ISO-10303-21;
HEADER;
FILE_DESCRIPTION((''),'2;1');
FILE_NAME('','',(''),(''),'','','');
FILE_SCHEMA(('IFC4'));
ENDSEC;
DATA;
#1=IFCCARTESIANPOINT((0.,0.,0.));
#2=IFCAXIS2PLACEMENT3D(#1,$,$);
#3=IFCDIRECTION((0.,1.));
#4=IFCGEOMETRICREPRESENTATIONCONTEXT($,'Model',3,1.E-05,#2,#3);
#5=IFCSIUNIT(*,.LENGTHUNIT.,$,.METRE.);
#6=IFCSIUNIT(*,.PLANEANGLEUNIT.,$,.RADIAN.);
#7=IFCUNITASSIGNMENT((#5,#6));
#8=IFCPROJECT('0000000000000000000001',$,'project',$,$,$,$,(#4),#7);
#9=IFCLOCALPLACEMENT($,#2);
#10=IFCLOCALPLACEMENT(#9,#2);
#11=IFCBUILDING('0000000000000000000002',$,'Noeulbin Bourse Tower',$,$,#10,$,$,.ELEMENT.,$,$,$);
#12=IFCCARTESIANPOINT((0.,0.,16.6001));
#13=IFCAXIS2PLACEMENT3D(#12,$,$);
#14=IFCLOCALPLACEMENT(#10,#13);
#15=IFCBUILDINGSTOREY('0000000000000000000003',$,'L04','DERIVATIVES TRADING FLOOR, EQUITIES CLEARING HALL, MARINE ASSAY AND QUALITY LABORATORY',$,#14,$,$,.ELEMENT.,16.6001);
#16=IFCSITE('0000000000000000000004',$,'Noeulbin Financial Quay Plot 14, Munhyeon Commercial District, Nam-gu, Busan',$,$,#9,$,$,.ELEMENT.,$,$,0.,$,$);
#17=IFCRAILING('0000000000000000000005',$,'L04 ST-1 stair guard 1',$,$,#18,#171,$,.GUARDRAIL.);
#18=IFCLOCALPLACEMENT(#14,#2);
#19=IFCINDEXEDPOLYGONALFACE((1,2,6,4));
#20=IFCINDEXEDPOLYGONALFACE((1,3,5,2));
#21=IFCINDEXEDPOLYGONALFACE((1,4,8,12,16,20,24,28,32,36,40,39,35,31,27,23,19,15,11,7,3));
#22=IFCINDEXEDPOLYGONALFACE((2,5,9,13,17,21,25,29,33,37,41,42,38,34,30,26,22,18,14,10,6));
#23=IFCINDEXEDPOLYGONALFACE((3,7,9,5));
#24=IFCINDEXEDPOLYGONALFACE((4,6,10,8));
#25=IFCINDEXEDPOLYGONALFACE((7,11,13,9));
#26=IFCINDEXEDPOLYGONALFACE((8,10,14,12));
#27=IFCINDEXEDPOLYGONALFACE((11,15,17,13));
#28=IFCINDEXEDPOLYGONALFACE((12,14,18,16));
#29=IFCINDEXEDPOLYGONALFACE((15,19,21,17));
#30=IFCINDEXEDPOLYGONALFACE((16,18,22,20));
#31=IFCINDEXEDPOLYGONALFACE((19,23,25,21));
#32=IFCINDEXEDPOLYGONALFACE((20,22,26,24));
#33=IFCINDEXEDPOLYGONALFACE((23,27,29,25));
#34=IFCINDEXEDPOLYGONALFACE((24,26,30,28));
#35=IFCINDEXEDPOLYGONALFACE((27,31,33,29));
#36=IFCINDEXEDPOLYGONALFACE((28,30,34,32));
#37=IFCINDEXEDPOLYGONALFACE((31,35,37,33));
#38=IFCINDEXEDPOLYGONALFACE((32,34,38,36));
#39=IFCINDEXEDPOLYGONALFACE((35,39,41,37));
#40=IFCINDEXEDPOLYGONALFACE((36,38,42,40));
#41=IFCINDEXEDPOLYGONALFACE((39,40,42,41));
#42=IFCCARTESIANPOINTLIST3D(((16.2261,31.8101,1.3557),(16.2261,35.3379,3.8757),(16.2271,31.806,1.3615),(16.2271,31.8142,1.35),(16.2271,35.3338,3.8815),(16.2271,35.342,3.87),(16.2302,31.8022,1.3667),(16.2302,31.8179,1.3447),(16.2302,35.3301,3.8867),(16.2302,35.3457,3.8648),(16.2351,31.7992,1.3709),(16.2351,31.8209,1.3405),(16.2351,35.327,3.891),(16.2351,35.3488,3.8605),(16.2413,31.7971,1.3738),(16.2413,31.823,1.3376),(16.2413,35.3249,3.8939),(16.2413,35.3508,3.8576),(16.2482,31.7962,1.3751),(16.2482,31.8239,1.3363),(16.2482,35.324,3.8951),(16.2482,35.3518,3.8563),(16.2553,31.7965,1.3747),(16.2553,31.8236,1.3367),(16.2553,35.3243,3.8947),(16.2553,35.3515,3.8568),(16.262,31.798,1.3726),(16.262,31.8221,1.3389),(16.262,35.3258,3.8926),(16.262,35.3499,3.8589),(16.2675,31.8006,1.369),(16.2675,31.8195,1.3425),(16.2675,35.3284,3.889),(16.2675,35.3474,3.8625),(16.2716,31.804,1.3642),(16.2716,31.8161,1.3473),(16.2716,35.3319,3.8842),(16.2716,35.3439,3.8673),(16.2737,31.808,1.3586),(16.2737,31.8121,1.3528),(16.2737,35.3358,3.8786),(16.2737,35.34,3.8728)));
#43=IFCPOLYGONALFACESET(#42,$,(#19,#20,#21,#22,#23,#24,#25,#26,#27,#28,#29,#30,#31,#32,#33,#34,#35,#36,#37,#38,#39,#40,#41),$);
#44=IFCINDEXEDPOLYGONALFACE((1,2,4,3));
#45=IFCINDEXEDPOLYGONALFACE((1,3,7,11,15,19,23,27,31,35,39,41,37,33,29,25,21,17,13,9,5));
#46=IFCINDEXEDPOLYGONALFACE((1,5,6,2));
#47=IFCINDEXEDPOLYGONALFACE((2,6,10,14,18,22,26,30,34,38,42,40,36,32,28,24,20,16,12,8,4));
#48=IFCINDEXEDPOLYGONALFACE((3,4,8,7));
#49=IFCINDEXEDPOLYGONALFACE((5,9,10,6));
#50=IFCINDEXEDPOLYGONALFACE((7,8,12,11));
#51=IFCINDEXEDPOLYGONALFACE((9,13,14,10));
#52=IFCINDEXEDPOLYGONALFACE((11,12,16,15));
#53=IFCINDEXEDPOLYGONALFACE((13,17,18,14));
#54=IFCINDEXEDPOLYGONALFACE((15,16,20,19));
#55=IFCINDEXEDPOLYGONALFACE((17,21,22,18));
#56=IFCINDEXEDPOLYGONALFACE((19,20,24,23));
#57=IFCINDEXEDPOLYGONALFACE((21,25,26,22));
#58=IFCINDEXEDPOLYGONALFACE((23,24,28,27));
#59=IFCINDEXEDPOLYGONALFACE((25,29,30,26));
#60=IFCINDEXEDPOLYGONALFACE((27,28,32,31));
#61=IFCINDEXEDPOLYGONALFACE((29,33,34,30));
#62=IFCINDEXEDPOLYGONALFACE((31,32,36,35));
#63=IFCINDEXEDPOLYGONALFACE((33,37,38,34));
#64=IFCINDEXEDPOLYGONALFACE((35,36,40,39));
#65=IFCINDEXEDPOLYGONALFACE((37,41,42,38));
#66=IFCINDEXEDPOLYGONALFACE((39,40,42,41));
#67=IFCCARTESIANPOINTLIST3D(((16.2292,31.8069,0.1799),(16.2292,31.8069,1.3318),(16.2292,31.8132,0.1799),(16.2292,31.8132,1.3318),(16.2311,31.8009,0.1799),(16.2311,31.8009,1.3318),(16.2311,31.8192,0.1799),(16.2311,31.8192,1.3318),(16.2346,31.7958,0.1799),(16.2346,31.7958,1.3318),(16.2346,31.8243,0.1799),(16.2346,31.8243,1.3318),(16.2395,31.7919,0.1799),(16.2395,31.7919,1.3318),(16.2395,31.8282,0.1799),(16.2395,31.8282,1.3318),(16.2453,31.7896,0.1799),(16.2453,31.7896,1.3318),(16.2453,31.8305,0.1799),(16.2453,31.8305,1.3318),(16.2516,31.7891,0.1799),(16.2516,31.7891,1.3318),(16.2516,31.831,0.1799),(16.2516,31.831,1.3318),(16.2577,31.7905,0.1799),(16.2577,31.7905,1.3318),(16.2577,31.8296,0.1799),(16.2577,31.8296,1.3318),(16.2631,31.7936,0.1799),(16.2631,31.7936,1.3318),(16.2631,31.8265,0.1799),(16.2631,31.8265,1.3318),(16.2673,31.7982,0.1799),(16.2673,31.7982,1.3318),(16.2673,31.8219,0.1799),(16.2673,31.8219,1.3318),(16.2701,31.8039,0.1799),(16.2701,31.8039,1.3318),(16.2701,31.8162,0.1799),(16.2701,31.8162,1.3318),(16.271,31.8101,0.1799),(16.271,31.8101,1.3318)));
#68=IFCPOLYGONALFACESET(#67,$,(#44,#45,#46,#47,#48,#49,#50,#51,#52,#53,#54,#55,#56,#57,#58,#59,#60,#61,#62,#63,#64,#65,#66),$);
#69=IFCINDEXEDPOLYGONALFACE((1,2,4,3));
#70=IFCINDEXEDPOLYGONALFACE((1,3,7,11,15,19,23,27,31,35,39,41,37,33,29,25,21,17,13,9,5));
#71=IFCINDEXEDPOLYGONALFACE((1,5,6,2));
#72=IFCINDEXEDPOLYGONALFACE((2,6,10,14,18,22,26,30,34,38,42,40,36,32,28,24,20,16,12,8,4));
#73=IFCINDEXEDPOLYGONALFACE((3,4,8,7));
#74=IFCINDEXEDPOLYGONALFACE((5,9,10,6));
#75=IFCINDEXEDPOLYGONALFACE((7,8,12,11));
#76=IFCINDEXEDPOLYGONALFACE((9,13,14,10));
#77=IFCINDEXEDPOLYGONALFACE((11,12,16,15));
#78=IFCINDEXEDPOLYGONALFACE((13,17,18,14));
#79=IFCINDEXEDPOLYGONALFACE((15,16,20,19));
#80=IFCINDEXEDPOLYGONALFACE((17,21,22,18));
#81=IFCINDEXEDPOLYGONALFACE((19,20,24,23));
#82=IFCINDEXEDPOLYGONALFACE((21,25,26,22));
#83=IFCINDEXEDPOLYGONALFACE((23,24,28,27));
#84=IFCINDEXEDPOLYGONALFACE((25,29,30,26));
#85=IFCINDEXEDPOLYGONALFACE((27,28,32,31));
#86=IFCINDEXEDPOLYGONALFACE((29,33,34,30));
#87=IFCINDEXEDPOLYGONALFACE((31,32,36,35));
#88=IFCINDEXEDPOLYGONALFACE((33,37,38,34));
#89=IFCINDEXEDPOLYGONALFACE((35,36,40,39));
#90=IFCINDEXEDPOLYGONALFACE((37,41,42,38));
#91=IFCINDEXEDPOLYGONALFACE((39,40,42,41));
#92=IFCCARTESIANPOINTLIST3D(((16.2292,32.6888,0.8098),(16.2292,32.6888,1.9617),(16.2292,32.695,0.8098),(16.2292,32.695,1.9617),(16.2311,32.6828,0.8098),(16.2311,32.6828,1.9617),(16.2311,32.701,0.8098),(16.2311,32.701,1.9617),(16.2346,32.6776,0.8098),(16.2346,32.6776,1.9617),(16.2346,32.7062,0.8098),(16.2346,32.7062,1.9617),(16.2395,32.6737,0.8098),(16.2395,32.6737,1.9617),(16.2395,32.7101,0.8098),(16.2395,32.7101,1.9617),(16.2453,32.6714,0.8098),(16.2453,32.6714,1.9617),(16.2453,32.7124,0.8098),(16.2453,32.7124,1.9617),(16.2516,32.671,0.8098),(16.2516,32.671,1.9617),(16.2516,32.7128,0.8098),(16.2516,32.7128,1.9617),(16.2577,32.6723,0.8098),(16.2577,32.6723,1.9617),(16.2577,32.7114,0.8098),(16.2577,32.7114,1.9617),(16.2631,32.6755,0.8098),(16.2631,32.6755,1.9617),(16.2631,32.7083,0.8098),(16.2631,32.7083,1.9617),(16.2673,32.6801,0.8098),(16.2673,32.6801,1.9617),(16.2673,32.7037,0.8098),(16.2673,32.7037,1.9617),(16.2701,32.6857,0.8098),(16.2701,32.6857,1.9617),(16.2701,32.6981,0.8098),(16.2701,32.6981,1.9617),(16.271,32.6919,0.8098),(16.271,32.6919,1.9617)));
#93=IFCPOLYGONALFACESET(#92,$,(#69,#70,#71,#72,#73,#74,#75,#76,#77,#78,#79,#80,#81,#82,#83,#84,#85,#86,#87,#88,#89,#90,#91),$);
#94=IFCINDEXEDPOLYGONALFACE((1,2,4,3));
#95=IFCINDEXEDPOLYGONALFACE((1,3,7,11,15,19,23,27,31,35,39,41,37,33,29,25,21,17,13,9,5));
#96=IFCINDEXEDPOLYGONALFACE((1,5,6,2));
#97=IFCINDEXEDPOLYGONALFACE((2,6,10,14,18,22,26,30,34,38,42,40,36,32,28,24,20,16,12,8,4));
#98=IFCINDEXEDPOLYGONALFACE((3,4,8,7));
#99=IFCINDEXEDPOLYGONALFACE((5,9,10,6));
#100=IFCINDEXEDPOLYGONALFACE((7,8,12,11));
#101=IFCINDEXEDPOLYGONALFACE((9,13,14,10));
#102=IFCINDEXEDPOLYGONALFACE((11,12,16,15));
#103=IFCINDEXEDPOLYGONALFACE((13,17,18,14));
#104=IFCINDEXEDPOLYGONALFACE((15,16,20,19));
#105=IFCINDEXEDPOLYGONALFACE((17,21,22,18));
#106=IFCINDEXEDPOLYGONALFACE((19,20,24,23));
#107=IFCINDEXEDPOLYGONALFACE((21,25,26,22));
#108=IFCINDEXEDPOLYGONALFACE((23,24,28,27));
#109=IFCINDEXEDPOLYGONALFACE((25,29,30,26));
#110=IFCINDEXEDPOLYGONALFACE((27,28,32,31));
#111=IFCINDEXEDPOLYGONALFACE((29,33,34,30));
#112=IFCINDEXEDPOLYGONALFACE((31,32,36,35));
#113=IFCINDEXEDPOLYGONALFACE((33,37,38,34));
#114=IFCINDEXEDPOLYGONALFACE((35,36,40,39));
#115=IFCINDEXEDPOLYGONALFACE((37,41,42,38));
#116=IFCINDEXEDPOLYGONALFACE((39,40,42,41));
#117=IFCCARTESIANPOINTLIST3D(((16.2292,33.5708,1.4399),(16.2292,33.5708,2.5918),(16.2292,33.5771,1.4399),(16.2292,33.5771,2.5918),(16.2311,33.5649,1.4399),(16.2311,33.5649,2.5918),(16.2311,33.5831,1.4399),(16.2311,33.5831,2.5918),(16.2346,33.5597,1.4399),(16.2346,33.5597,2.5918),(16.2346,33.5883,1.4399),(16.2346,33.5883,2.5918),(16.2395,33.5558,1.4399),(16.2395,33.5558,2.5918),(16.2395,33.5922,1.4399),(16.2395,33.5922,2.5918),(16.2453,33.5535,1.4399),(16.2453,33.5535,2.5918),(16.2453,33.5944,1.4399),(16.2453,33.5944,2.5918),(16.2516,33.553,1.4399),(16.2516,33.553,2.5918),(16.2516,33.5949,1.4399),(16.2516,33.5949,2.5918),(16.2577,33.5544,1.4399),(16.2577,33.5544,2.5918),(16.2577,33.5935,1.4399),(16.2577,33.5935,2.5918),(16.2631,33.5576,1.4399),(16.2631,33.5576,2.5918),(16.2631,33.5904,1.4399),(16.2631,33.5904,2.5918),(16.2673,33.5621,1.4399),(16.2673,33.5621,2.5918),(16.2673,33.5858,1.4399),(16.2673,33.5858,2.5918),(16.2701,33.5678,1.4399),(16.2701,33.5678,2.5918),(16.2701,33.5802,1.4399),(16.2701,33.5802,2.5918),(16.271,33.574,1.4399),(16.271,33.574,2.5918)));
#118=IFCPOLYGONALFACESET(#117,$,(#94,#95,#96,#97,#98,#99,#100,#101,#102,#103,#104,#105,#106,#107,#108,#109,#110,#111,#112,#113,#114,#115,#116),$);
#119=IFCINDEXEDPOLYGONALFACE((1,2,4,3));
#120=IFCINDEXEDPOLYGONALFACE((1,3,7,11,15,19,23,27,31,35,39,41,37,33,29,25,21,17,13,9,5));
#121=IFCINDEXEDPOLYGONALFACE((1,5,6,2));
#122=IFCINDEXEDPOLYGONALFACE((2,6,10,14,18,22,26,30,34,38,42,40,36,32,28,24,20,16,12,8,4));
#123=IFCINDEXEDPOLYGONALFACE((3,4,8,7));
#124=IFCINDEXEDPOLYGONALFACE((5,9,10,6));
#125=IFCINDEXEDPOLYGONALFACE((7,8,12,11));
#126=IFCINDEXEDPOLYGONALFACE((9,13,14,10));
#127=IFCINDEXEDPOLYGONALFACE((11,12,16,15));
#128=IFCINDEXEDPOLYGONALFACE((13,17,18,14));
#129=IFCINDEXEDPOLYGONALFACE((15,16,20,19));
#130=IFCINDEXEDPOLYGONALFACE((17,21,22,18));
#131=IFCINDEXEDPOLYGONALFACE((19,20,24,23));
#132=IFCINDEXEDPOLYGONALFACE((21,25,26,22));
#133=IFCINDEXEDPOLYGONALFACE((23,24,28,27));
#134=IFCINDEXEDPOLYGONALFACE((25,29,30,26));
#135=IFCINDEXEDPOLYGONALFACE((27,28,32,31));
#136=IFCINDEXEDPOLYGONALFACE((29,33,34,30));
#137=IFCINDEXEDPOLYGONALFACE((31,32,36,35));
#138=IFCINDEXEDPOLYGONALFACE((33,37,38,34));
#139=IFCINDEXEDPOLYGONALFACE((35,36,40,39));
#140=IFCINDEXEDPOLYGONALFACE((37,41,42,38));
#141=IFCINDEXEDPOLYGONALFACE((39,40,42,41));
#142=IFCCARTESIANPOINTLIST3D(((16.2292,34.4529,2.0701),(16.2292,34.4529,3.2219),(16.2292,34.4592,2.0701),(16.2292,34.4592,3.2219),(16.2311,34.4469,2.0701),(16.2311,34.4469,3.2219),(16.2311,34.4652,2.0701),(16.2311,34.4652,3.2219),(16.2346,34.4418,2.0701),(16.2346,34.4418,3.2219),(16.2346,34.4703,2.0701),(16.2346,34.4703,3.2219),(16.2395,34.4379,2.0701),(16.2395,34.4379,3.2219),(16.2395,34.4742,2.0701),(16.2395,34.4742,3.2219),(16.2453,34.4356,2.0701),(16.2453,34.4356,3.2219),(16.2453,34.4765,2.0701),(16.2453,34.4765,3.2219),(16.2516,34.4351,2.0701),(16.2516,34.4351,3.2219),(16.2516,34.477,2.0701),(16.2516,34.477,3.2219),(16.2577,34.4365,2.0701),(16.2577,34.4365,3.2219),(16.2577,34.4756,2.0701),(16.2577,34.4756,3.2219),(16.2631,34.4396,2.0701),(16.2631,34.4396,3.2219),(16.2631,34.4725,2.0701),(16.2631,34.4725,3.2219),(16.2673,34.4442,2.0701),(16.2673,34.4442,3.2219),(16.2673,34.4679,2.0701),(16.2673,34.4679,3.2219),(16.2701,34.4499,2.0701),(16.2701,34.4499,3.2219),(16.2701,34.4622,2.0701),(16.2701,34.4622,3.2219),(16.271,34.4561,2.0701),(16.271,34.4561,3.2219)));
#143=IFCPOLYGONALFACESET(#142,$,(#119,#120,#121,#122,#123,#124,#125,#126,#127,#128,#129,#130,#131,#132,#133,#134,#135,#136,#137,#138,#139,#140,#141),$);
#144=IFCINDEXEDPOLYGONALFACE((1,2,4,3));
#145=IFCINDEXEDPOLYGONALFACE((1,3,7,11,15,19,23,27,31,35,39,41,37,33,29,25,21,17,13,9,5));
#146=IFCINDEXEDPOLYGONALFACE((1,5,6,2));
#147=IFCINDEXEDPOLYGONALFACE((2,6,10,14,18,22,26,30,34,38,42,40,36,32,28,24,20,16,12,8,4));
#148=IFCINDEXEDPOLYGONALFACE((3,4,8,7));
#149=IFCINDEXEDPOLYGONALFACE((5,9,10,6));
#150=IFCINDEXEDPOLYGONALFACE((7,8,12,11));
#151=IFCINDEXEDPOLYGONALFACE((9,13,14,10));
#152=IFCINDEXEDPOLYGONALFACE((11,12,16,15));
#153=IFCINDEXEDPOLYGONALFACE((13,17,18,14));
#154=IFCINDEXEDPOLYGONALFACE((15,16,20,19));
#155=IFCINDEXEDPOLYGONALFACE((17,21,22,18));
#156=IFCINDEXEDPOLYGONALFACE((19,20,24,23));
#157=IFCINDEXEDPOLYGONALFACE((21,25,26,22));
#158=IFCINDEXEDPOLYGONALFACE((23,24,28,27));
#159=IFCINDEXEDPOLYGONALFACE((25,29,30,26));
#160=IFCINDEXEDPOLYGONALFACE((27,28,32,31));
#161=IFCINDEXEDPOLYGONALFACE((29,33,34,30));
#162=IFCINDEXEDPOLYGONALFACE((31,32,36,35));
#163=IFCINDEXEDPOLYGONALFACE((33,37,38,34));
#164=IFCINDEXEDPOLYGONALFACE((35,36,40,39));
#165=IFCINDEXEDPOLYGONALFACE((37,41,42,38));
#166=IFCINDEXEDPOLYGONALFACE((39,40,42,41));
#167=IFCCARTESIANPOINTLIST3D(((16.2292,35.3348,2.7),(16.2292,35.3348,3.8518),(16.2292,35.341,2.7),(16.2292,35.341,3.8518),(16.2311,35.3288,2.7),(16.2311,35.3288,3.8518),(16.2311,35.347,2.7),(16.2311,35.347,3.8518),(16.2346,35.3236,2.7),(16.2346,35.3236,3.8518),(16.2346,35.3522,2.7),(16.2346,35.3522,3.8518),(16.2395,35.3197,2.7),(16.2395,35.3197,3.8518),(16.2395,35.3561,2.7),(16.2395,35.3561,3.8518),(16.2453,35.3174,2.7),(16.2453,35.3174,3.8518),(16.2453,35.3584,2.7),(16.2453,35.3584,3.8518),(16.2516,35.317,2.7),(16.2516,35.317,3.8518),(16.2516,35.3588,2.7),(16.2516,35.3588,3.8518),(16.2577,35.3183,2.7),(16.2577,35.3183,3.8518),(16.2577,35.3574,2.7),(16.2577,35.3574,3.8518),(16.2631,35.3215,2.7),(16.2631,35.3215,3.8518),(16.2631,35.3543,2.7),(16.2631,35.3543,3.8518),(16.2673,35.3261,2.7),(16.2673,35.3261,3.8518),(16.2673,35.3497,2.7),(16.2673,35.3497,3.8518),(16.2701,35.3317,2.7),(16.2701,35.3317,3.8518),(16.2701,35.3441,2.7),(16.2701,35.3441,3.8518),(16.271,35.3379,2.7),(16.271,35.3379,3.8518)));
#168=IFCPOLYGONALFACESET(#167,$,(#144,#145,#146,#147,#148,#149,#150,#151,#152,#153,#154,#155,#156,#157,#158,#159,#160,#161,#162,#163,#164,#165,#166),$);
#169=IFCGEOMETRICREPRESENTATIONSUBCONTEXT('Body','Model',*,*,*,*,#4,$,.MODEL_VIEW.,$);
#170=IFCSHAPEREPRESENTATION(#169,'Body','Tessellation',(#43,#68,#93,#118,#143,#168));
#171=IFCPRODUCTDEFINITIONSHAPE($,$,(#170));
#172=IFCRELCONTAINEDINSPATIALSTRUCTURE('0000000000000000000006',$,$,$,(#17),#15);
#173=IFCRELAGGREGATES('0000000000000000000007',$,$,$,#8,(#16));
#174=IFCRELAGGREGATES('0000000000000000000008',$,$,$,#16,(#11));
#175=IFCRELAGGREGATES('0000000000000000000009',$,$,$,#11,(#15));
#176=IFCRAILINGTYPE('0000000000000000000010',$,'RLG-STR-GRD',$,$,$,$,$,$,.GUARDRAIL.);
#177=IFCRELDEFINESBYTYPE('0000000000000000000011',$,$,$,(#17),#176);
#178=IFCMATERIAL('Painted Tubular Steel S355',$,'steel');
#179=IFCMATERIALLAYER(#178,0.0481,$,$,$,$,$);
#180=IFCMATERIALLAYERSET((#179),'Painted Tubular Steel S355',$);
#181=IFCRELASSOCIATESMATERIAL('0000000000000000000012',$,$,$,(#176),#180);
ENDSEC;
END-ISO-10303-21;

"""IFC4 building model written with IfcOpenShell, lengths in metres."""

from ifc_helpers import new_model, si_unit, direction, frame, origin, origin_2d, place, context, subcontext, project, spatial, circle, extrude, material, layer, layer_set, type_object, element, save


model = new_model("IFC4")

# Units and contexts
model_context = context("Model", 3, precision=1e-05, world=origin(), true_north=direction((0.0, 1.0)))
body_context = subcontext(model_context, "Body", "Model", "MODEL_VIEW")
ifc_project = project(units=[si_unit("LENGTHUNIT", "METRE"), si_unit("PLANEANGLEUNIT", "RADIAN")], contexts=[model_context])

# Site, building, storey
site_placement = place(None, origin())
site = spatial("IfcSite", under=ifc_project, at=site_placement, Name="Noeulbin Financial Quay Plot 14, Munhyeon Commercial District, Nam-gu, Busan", CompositionType="ELEMENT", RefElevation=0.0)
building_placement = place(site_placement, origin())
building = spatial("IfcBuilding", under=site, at=building_placement, Name="Noeulbin Bourse Tower", CompositionType="ELEMENT")
storey_placement = place(building_placement, frame((0.0, 0.0, 16.6001)))
storey = spatial("IfcBuildingStorey", under=building, at=storey_placement, Name="L04", Description="DERIVATIVES TRADING FLOOR, EQUITIES CLEARING HALL, MARINE ASSAY AND QUALITY LABORATORY", CompositionType="ELEMENT", Elevation=16.6001)

# Railing
ifc_material_1 = material(Name="Painted Tubular Steel S355", Category="steel")
ifc_layer_1 = layer(ifc_material_1, 0.0481)
ifc_layer_set_1 = layer_set([ifc_layer_1], Name="Painted Tubular Steel S355")
railing_type_1 = type_object("IfcRailingType", Name="RLG-STR-GRD", PredefinedType="GUARDRAIL", material=ifc_layer_set_1)
railing_1_placement = place(storey_placement, frame((16.25, 31.8101, 0.1799)))
element("IfcRailing", 1, at=railing_1_placement, inside=storey, type_object=railing_type_1, Name="L04 ST-1 stair guard 1", PredefinedType="GUARDRAIL", context=body_context, shape_type="SweptSolid", body=[
    extrude(circle(Radius=0.0239, at=origin_2d()), frame((0.0, 0.0, 1.1758), z_axis=(0.0, 0.813718, 0.58126), x_axis=(-1.0, 0.0, 0.0)), (0.0, 0.0, 1.0), 4.3354),
    extrude(circle(Radius=0.021, at=origin_2d()), origin(), (0.0, 0.0, 1.0), 1.1519),
    extrude(circle(Radius=0.021, at=origin_2d()), frame((0.0, 0.8818, 0.6299)), (0.0, 0.0, 1.0), 1.1519),
    extrude(circle(Radius=0.021, at=origin_2d()), frame((0.0, 1.7639, 1.26)), (0.0, 0.0, 1.0), 1.1519),
    extrude(circle(Radius=0.021, at=origin_2d()), frame((0.0, 2.646, 1.8901)), (0.0, 0.0, 1.0), 1.1519),
    extrude(circle(Radius=0.021, at=origin_2d()), frame((0.0, 3.5278, 2.52)), (0.0, 0.0, 1.0), 1.1519),
])

save(model, "model.ifc")
